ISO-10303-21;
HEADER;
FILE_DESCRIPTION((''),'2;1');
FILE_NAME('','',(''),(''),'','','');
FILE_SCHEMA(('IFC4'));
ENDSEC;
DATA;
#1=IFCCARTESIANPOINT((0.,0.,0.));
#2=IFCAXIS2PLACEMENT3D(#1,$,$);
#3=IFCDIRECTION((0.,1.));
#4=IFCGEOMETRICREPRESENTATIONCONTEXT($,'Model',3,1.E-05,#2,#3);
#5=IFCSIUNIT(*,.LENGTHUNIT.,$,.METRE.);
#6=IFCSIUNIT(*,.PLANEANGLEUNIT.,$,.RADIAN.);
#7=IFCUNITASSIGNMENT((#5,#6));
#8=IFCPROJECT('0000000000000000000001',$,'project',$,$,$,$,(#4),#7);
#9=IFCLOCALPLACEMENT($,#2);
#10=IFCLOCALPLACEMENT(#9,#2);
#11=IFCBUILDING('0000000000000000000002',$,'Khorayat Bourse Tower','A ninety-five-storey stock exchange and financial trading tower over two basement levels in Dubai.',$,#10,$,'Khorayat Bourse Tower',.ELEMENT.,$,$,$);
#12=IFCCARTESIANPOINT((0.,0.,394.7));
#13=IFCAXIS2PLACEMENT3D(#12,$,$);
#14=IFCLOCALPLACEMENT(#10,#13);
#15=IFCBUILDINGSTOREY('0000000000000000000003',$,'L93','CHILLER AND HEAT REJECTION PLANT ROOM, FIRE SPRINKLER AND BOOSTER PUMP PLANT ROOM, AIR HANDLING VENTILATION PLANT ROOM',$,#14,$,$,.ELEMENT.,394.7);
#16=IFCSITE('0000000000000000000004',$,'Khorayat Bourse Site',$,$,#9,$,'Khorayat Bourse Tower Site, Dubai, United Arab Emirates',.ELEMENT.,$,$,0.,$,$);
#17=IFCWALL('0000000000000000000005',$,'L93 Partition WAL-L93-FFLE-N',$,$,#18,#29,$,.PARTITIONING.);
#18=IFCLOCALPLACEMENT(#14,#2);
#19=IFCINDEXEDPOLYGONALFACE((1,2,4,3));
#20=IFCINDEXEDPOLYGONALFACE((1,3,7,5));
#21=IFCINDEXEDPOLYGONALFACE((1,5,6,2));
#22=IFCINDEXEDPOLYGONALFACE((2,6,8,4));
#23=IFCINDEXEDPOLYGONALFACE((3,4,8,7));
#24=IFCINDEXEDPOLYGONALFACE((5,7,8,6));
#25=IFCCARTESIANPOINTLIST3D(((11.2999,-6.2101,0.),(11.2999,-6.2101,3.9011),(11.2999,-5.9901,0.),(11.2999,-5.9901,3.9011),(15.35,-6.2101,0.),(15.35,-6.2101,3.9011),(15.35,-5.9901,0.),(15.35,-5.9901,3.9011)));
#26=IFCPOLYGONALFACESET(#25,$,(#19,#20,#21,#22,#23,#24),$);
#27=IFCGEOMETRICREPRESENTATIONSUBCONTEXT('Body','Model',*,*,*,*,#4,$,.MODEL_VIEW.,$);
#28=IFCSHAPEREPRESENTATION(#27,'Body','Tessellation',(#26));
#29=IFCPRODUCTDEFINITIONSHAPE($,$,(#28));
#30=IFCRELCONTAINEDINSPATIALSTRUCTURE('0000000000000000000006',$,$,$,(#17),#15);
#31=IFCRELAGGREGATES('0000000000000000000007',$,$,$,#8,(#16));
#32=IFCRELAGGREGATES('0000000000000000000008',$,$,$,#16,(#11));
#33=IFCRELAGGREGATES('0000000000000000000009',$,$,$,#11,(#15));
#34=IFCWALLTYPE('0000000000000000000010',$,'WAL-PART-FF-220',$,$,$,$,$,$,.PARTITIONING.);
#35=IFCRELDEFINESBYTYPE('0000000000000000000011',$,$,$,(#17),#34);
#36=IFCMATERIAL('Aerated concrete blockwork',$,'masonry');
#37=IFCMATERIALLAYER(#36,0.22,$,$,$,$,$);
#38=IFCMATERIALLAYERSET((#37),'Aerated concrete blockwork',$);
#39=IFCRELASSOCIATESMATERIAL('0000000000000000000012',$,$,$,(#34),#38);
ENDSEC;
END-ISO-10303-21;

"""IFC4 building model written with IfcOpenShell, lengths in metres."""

from ifc_helpers import new_model, si_unit, direction, frame, frame_2d, origin, place, context, subcontext, project, spatial, rectangle, extrude, source, transform, mapped, material, layer, layer_set, type_object, element, save


model = new_model("IFC4")

# Units and contexts
model_context = context("Model", 3, precision=1e-05, world=origin(), true_north=direction((0.0, 1.0)))
body_context = subcontext(model_context, "Body", "Model", "MODEL_VIEW")
ifc_project = project(units=[si_unit("LENGTHUNIT", "METRE"), si_unit("PLANEANGLEUNIT", "RADIAN")], contexts=[model_context])

# Site, building, storey
site_placement = place(None, origin())
site = spatial("IfcSite", under=ifc_project, at=site_placement, Name="Khorayat Bourse Site", LongName="Khorayat Bourse Tower Site, Dubai, United Arab Emirates", CompositionType="ELEMENT", RefElevation=0.0)
building_placement = place(site_placement, origin())
building = spatial("IfcBuilding", under=site, at=building_placement, Name="Khorayat Bourse Tower", Description="A ninety-five-storey stock exchange and financial trading tower over two basement levels in Dubai.", LongName="Khorayat Bourse Tower", CompositionType="ELEMENT")
storey_placement = place(building_placement, frame((0.0, 0.0, 394.7)))
storey = spatial("IfcBuildingStorey", under=building, at=storey_placement, Name="L93", Description="CHILLER AND HEAT REJECTION PLANT ROOM, FIRE SPRINKLER AND BOOSTER PUMP PLANT ROOM, AIR HANDLING VENTILATION PLANT ROOM", CompositionType="ELEMENT", Elevation=394.7)

# Shared definitions
ifc_material_1 = material(Name="Aerated concrete blockwork", Category="masonry")
ifc_layer_1 = layer(ifc_material_1, 0.22)
ifc_layer_set_1 = layer_set([ifc_layer_1], Name="Aerated concrete blockwork")
wall_type_1 = type_object("IfcWallType", Name="WAL-PART-FF-220", PredefinedType="PARTITIONING", material=ifc_layer_set_1)

# Wall
shared_shape_1 = source(origin(), body_context, "Body", "SweptSolid", [
    extrude(rectangle(XDim=4.05, YDim=0.22, at=frame_2d((2.0249, 0.0))), origin(), (0.0, 0.0, 1.0), 3.9011),
])
wall_1_placement = place(storey_placement, frame((11.3, -6.1001, 0.0), z_axis=(0.0, 0.0, 1.0), x_axis=(1.0, 0.0, 0.0)))
element("IfcWall", 1, at=wall_1_placement, inside=storey, type_object=wall_type_1, Name="L93 Partition WAL-L93-FFLE-N", PredefinedType="PARTITIONING", context=body_context, shape_type="MappedRepresentation", body=[
    mapped(shared_shape_1, transform((0.0, 0.0, 0.0), scale=1.0)),
])

save(model, "model.ifc")
